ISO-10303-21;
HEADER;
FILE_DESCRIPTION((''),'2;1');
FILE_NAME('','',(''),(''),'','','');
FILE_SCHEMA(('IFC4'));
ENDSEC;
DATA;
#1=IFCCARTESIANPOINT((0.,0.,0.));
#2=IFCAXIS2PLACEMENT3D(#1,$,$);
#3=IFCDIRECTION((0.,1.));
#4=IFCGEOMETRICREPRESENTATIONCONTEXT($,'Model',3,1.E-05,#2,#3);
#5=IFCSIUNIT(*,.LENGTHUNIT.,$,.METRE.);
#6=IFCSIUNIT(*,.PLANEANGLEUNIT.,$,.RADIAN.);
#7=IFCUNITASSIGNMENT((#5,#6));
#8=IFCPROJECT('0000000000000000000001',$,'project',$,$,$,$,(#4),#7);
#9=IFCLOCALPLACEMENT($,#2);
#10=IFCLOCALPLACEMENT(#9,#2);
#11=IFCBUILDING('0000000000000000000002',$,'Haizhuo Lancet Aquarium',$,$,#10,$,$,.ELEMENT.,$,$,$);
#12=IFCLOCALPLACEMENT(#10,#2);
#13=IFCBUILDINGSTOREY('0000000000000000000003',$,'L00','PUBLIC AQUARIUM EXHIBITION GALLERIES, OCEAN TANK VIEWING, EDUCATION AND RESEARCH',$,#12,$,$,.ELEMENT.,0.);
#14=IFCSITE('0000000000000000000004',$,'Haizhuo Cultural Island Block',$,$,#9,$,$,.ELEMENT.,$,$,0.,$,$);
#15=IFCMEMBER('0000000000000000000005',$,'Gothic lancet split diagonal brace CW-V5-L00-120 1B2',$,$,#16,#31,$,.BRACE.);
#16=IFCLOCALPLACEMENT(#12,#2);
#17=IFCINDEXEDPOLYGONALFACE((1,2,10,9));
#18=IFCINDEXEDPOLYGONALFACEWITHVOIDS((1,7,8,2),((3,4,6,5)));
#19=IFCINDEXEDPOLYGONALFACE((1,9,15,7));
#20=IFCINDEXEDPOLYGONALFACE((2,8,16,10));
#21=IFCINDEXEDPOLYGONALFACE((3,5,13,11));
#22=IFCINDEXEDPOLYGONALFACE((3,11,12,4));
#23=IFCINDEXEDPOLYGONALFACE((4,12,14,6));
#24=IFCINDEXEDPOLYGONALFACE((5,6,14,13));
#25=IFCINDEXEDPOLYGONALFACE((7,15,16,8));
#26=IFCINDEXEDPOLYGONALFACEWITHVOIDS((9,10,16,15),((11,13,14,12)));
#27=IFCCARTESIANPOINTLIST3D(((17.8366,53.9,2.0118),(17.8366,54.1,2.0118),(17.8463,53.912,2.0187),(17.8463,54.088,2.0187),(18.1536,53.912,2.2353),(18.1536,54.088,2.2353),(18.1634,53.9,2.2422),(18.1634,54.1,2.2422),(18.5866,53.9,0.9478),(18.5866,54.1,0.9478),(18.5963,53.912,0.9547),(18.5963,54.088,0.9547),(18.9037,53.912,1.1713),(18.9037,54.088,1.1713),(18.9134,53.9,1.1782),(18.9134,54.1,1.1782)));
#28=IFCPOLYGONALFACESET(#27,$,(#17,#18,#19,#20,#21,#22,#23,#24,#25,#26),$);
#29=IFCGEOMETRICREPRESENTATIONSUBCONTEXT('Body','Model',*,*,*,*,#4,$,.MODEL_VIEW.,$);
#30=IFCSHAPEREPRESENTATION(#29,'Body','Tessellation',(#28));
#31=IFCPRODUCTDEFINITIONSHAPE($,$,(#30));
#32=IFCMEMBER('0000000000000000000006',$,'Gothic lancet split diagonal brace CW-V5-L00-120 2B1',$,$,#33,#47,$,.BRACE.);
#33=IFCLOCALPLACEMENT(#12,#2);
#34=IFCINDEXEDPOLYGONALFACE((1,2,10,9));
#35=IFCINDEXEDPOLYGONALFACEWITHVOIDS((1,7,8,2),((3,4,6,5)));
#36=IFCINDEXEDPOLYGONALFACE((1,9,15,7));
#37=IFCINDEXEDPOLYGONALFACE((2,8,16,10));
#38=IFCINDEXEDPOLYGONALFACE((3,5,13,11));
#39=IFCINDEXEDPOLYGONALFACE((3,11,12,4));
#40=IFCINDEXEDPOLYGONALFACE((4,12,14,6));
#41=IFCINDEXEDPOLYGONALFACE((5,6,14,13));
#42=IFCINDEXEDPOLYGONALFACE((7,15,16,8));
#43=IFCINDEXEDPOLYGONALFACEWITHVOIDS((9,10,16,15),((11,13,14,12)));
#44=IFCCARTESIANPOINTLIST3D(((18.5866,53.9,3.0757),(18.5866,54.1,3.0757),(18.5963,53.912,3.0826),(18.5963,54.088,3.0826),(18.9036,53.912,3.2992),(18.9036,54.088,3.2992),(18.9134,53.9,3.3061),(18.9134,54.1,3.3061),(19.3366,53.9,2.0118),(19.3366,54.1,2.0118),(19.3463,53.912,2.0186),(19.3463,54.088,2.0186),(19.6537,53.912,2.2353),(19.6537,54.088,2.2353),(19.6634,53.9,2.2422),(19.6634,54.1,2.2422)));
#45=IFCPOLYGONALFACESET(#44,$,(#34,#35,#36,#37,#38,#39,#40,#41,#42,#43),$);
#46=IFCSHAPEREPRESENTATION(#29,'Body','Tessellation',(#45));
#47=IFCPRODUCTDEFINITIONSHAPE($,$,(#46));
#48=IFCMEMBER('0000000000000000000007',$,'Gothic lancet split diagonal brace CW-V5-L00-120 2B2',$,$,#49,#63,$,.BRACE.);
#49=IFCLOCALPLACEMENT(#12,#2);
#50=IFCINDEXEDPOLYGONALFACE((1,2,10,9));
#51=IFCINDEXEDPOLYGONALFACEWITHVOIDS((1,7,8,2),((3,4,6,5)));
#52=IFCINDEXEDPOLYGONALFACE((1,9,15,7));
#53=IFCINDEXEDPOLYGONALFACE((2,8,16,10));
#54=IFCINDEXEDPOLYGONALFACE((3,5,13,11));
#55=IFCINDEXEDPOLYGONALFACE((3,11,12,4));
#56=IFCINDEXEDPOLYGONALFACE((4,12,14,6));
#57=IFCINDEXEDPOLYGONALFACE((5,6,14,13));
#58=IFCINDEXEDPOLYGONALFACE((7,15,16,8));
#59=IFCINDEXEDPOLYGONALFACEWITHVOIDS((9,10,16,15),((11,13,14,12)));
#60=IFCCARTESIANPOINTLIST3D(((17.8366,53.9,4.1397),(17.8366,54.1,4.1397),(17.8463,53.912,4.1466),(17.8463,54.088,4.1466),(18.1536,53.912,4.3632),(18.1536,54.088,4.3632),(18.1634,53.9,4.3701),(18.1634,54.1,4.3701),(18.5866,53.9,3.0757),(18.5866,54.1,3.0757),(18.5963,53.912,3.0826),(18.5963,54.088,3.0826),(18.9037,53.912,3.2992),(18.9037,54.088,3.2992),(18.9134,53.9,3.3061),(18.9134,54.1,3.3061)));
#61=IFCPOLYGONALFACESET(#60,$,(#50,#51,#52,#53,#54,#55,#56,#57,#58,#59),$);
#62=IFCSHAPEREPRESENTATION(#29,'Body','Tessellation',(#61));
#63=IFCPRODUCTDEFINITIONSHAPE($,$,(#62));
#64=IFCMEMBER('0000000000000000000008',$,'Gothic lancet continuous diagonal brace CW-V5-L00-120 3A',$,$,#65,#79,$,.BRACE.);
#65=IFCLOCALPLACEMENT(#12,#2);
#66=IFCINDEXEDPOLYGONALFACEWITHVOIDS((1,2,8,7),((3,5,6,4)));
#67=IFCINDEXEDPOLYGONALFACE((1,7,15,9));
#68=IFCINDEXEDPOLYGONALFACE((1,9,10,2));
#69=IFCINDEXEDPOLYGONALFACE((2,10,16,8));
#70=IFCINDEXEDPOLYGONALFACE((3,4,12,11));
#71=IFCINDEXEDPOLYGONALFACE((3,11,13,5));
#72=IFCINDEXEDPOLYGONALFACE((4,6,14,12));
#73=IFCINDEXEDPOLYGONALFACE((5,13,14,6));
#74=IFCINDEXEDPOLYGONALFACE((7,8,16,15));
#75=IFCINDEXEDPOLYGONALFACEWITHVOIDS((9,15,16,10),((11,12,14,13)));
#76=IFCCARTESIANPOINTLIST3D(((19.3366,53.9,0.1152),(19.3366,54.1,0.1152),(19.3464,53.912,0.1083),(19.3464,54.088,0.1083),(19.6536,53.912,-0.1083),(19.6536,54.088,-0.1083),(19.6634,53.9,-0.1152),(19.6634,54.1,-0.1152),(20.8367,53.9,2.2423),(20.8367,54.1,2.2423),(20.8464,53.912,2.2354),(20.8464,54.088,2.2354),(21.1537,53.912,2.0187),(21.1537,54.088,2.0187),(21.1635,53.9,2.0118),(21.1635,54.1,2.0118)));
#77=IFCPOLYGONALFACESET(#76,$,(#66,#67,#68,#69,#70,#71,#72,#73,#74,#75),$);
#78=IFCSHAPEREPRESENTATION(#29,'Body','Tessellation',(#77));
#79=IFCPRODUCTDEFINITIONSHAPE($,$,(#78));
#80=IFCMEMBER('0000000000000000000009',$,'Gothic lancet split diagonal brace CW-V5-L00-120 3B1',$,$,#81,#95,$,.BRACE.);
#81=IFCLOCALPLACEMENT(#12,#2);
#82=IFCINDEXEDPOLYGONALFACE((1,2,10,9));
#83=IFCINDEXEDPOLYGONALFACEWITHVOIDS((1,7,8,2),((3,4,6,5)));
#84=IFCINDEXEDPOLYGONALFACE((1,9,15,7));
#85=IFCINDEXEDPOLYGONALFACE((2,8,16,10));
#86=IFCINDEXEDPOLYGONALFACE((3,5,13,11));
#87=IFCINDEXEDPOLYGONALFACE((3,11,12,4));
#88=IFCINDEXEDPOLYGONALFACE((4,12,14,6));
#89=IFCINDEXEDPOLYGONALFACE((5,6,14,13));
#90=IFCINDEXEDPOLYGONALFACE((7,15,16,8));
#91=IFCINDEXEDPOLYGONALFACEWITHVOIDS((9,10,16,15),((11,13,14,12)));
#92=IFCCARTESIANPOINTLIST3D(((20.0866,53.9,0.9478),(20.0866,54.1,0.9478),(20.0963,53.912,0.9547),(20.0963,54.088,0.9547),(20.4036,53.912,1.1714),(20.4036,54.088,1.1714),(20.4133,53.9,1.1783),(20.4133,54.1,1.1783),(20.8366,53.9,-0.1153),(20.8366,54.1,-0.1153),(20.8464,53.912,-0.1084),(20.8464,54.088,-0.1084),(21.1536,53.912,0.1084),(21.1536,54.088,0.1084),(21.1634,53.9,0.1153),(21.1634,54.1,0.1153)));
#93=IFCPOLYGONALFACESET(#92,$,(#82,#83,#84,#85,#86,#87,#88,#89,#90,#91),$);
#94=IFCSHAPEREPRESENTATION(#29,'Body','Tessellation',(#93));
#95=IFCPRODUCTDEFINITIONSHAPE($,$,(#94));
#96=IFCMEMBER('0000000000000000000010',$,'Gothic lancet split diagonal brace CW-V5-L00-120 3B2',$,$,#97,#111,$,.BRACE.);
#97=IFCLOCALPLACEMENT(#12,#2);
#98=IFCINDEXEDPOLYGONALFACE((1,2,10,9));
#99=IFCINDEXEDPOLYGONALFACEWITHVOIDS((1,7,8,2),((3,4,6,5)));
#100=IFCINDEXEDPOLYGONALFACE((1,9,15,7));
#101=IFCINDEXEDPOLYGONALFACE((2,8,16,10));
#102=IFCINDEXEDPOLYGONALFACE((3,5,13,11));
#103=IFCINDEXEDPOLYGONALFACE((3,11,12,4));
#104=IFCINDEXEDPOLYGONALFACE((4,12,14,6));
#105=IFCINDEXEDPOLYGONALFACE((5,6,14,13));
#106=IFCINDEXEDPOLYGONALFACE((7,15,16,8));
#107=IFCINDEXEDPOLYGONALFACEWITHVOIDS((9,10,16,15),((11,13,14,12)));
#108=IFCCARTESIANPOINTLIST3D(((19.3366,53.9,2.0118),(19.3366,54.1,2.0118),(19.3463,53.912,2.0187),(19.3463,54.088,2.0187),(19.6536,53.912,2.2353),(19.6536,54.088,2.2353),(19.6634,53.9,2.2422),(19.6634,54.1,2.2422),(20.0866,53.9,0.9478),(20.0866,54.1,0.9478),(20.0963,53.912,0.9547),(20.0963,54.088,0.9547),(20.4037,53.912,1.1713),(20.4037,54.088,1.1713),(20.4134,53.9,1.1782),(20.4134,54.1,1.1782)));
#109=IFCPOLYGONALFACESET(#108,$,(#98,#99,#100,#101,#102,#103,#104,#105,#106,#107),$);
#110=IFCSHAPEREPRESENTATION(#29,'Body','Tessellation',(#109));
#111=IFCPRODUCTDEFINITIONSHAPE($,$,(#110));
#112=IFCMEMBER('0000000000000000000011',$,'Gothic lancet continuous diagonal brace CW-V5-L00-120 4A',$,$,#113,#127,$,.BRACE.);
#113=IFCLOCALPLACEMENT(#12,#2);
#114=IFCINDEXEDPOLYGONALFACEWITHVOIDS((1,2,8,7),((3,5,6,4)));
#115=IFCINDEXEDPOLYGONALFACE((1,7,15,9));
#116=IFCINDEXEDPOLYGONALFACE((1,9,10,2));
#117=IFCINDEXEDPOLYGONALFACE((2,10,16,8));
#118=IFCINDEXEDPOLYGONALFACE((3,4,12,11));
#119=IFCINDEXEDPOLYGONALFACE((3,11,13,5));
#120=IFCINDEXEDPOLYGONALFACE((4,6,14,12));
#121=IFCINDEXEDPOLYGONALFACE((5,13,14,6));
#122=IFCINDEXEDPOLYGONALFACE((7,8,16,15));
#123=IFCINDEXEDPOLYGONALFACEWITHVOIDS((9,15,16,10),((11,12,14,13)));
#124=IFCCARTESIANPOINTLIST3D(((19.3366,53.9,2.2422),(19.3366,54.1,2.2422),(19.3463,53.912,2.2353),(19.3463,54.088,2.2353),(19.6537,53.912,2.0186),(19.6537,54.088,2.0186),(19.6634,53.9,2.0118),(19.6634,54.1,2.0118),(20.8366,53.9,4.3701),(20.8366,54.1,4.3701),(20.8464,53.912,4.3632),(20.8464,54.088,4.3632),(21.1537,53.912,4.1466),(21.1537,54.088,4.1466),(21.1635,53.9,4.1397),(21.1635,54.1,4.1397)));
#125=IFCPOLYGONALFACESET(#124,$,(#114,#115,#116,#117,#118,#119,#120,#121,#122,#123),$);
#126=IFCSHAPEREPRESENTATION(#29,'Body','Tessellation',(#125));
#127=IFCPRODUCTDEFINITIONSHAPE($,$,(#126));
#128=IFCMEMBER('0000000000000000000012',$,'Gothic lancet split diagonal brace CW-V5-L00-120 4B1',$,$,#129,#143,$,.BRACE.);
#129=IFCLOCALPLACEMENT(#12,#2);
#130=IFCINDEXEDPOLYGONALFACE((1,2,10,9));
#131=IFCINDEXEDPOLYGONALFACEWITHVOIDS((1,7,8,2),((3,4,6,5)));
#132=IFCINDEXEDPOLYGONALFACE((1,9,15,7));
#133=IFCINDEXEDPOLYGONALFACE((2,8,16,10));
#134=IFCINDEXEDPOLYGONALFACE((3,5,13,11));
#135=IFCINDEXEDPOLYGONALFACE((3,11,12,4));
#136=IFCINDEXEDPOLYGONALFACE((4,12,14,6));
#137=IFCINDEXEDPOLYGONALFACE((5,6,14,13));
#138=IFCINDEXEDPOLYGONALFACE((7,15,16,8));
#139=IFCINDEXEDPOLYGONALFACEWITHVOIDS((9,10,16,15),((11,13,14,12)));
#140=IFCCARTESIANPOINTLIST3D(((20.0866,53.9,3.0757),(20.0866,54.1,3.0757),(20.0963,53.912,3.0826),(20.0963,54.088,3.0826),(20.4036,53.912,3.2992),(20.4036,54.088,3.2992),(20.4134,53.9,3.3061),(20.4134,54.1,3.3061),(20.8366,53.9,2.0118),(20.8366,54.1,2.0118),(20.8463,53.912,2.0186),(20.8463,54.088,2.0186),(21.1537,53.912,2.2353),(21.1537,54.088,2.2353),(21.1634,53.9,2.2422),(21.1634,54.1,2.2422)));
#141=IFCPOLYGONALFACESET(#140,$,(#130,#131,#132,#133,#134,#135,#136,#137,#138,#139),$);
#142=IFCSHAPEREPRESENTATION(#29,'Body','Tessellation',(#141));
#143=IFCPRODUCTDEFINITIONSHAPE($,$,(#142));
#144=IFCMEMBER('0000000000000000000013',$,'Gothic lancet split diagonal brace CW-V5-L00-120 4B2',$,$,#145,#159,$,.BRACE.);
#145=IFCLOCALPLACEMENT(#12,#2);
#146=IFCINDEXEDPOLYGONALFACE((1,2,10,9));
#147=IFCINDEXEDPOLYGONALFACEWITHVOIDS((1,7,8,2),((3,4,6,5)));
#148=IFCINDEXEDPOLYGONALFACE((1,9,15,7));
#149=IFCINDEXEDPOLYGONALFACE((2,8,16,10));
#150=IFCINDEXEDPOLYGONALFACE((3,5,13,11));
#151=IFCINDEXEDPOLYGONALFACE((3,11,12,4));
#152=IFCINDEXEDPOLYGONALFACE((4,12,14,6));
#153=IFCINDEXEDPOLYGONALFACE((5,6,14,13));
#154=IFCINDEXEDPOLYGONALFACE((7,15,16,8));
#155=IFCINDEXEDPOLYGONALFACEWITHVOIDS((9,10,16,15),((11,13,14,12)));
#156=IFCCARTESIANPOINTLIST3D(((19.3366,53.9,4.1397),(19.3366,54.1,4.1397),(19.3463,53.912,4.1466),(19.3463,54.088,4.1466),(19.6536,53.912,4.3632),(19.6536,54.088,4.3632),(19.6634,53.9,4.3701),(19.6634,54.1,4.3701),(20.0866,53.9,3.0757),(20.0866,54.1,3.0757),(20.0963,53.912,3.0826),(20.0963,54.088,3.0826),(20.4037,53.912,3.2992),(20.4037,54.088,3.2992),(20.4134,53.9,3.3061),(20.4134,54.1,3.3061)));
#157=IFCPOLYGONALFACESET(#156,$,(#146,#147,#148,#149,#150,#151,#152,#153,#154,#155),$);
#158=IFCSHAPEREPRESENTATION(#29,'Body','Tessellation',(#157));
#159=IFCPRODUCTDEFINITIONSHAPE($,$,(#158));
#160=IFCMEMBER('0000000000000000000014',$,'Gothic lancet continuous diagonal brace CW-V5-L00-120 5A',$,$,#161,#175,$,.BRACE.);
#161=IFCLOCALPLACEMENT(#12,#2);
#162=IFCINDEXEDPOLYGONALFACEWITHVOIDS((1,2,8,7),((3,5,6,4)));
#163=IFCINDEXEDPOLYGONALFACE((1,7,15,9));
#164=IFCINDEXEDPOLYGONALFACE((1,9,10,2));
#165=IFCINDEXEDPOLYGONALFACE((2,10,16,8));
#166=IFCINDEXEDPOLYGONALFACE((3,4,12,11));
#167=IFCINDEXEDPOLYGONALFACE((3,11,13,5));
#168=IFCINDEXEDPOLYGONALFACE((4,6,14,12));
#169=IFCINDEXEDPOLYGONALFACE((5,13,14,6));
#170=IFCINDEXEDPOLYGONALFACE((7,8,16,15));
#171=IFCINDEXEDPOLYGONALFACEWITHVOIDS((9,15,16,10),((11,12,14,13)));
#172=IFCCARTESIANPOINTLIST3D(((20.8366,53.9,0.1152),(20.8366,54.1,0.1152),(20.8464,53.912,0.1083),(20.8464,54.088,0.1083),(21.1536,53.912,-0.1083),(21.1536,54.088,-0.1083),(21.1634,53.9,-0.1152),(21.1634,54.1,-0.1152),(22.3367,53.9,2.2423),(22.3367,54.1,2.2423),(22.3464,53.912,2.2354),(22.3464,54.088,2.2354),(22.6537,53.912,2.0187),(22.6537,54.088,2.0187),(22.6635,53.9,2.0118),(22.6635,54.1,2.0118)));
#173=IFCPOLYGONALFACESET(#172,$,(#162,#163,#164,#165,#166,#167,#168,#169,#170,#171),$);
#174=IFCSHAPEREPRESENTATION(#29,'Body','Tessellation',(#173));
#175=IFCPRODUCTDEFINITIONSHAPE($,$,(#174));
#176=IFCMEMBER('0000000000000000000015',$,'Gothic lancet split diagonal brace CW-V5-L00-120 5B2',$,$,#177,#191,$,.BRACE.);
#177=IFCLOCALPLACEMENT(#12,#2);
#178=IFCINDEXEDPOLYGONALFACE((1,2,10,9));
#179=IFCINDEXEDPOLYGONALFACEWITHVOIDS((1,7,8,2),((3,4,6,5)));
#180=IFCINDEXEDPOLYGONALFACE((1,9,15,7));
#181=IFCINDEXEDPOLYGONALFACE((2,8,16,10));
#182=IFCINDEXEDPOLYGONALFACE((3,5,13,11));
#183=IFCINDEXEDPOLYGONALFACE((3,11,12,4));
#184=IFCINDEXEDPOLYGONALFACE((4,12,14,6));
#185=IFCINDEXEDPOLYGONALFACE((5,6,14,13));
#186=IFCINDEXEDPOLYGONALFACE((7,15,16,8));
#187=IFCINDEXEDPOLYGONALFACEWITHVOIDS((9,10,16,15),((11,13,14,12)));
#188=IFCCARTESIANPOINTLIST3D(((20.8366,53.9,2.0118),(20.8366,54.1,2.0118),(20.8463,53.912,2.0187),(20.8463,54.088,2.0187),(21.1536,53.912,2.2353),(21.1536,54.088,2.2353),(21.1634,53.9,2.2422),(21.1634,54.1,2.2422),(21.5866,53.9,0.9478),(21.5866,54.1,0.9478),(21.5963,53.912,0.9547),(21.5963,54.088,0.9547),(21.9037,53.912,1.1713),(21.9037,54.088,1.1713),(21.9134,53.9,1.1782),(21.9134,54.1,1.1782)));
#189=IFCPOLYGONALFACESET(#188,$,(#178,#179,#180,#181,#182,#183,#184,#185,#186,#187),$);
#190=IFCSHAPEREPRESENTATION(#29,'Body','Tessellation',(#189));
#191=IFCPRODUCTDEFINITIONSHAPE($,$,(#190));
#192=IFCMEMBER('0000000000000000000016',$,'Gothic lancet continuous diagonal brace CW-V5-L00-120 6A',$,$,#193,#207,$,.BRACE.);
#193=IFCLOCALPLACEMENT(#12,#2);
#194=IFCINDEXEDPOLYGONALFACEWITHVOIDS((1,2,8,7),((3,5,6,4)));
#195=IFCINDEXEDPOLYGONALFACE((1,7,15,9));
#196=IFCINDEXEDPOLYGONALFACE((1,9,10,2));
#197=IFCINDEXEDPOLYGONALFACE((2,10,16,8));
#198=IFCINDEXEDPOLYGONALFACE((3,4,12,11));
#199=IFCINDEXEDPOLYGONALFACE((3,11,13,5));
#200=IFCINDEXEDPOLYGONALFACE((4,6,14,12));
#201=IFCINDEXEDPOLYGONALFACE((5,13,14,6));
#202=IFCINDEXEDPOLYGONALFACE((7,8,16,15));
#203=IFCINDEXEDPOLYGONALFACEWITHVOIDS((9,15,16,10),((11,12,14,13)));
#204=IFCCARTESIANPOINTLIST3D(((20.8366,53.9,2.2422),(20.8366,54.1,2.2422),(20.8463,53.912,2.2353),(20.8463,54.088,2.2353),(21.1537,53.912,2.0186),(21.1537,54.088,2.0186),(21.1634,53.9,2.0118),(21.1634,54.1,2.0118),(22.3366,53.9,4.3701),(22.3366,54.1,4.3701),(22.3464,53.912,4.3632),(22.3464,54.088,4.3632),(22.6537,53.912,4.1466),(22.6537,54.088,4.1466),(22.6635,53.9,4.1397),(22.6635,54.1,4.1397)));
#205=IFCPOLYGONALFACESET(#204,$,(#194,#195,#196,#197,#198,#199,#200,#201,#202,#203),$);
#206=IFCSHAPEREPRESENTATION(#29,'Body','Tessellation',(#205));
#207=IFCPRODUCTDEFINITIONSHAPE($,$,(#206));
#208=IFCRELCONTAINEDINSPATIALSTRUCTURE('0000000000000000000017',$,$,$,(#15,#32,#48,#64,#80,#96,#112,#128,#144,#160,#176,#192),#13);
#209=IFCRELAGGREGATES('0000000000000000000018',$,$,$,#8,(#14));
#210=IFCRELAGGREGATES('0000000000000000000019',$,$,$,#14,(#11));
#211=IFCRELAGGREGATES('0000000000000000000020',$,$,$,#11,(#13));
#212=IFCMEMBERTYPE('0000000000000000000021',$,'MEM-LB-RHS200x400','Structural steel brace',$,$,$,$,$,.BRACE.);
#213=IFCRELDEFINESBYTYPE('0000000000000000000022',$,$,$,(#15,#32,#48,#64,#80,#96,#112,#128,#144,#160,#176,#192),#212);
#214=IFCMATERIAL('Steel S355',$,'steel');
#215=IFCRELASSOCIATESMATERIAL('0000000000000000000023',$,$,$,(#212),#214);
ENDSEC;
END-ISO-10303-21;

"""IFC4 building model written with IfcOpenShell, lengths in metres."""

from ifc_helpers import new_model, si_unit, direction, frame, origin, origin_2d, place, context, subcontext, project, spatial, hollow_rectangle, extrude, material, material_profile, profile_set, type_object, element, save


model = new_model("IFC4")

# Units and contexts
model_context = context("Model", 3, precision=1e-05, world=origin(), true_north=direction((0.0, 1.0)))
body_context = subcontext(model_context, "Body", "Model", "MODEL_VIEW")
ifc_project = project(units=[si_unit("LENGTHUNIT", "METRE"), si_unit("PLANEANGLEUNIT", "RADIAN")], contexts=[model_context])

# Site, building, storey
site_placement = place(None, origin())
site = spatial("IfcSite", under=ifc_project, at=site_placement, Name="Haizhuo Cultural Island Block", CompositionType="ELEMENT", RefElevation=0.0)
building_placement = place(site_placement, origin())
building = spatial("IfcBuilding", under=site, at=building_placement, Name="Haizhuo Lancet Aquarium", CompositionType="ELEMENT")
storey_placement = place(building_placement, origin())
storey = spatial("IfcBuildingStorey", under=building, at=storey_placement, Name="L00", Description="PUBLIC AQUARIUM EXHIBITION GALLERIES, OCEAN TANK VIEWING, EDUCATION AND RESEARCH", CompositionType="ELEMENT", Elevation=0.0)

# Members
ifc_material_1 = material(Name="Steel S355", Category="steel")
ifc_material_profile_1 = material_profile(ifc_material_1, hollow_rectangle(XDim=0.2, YDim=0.3999, WallThickness=0.012, at=origin_2d()), Name="RHS 200x400x12")
ifc_profile_set_1 = profile_set([ifc_material_profile_1], Name="Steel S355")
member_type_1 = type_object("IfcMemberType", Name="MEM-LB-RHS200x400", Description="Structural steel brace", PredefinedType="BRACE", material=ifc_profile_set_1)
for number, where, z_axis, x_axis, name in (
    (1, (18.75, 54.0, 1.063), (-0.576153, 0.0, 0.817342), (0.0, -1.0, 0.0), "Gothic lancet split diagonal brace CW-V5-L00-120 1B2"),
    (2, (19.5, 54.0, 2.127), (-0.576153, 0.0, 0.817342), (0.0, -1.0, 0.0), "Gothic lancet split diagonal brace CW-V5-L00-120 2B1"),
    (3, (18.75, 54.0, 3.1909), (-0.576153, 0.0, 0.817342), (0.0, -1.0, 0.0), "Gothic lancet split diagonal brace CW-V5-L00-120 2B2"),
):
    element("IfcMember", number, at=place(storey_placement, frame(where, z_axis=z_axis, x_axis=x_axis)), inside=storey, type_object=member_type_1, Name=name, PredefinedType="BRACE", context=body_context, shape_type="SweptSolid", body=[
        extrude(hollow_rectangle(XDim=0.2, YDim=0.3999, WallThickness=0.012, at=origin_2d()), origin(), (0.0, 0.0, 1.0), 1.3018),
    ])
member_1_placement = place(storey_placement, frame((19.5, 54.0, 0.0), z_axis=(0.57633, 0.0, 0.817217), x_axis=(0.0, 1.0, 0.0)))
element("IfcMember", 4, at=member_1_placement, inside=storey, type_object=member_type_1, Name="Gothic lancet continuous diagonal brace CW-V5-L00-120 3A", PredefinedType="BRACE", context=body_context, shape_type="SweptSolid", body=[
    extrude(hollow_rectangle(XDim=0.2, YDim=0.3999, WallThickness=0.012, at=origin_2d()), origin(), (0.0, 0.0, 1.0), 2.6028),
])
member_2_placement = place(storey_placement, frame((21.0, 54.0, 0.0), z_axis=(-0.576506, 0.0, 0.817093), x_axis=(0.0, -1.0, 0.0)))
element("IfcMember", 5, at=member_2_placement, inside=storey, type_object=member_type_1, Name="Gothic lancet split diagonal brace CW-V5-L00-120 3B1", PredefinedType="BRACE", context=body_context, shape_type="SweptSolid", body=[
    extrude(hollow_rectangle(XDim=0.2, YDim=0.3999, WallThickness=0.012, at=origin_2d()), origin(), (0.0, 0.0, 1.0), 1.301),
])
member_3_placement = place(storey_placement, frame((20.25, 54.0, 1.063), z_axis=(-0.576153, 0.0, 0.817342), x_axis=(0.0, -1.0, 0.0)))
element("IfcMember", 6, at=member_3_placement, inside=storey, type_object=member_type_1, Name="Gothic lancet split diagonal brace CW-V5-L00-120 3B2", PredefinedType="BRACE", context=body_context, shape_type="SweptSolid", body=[
    extrude(hollow_rectangle(XDim=0.2, YDim=0.3999, WallThickness=0.012, at=origin_2d()), origin(), (0.0, 0.0, 1.0), 1.3018),
])
member_4_placement = place(storey_placement, frame((19.5, 54.0, 2.127), z_axis=(0.576153, 0.0, 0.817342), x_axis=(0.0, 1.0, 0.0)))
element("IfcMember", 7, at=member_4_placement, inside=storey, type_object=member_type_1, Name="Gothic lancet continuous diagonal brace CW-V5-L00-120 4A", PredefinedType="BRACE", context=body_context, shape_type="SweptSolid", body=[
    extrude(hollow_rectangle(XDim=0.2, YDim=0.3999, WallThickness=0.012, at=origin_2d()), origin(), (0.0, 0.0, 1.0), 2.6035),
])
for number, where, z_axis, x_axis, name in (
    (8, (21.0, 54.0, 2.127), (-0.576153, 0.0, 0.817342), (0.0, -1.0, 0.0), "Gothic lancet split diagonal brace CW-V5-L00-120 4B1"),
    (9, (20.25, 54.0, 3.1909), (-0.576153, 0.0, 0.817342), (0.0, -1.0, 0.0), "Gothic lancet split diagonal brace CW-V5-L00-120 4B2"),
):
    element("IfcMember", number, at=place(storey_placement, frame(where, z_axis=z_axis, x_axis=x_axis)), inside=storey, type_object=member_type_1, Name=name, PredefinedType="BRACE", context=body_context, shape_type="SweptSolid", body=[
        extrude(hollow_rectangle(XDim=0.2, YDim=0.3999, WallThickness=0.012, at=origin_2d()), origin(), (0.0, 0.0, 1.0), 1.3018),
    ])
member_5_placement = place(storey_placement, frame((21.0, 54.0, 0.0), z_axis=(0.57633, 0.0, 0.817217), x_axis=(0.0, 1.0, 0.0)))
element("IfcMember", 10, at=member_5_placement, inside=storey, type_object=member_type_1, Name="Gothic lancet continuous diagonal brace CW-V5-L00-120 5A", PredefinedType="BRACE", context=body_context, shape_type="SweptSolid", body=[
    extrude(hollow_rectangle(XDim=0.2, YDim=0.3999, WallThickness=0.012, at=origin_2d()), origin(), (0.0, 0.0, 1.0), 2.6028),
])
member_6_placement = place(storey_placement, frame((21.75, 54.0, 1.063), z_axis=(-0.576153, 0.0, 0.817342), x_axis=(0.0, -1.0, 0.0)))
element("IfcMember", 11, at=member_6_placement, inside=storey, type_object=member_type_1, Name="Gothic lancet split diagonal brace CW-V5-L00-120 5B2", PredefinedType="BRACE", context=body_context, shape_type="SweptSolid", body=[
    extrude(hollow_rectangle(XDim=0.2, YDim=0.3999, WallThickness=0.012, at=origin_2d()), origin(), (0.0, 0.0, 1.0), 1.3018),
])
member_7_placement = place(storey_placement, frame((21.0, 54.0, 2.127), z_axis=(0.576153, 0.0, 0.817342), x_axis=(0.0, 1.0, 0.0)))
element("IfcMember", 12, at=member_7_placement, inside=storey, type_object=member_type_1, Name="Gothic lancet continuous diagonal brace CW-V5-L00-120 6A", PredefinedType="BRACE", context=body_context, shape_type="SweptSolid", body=[
    extrude(hollow_rectangle(XDim=0.2, YDim=0.3999, WallThickness=0.012, at=origin_2d()), origin(), (0.0, 0.0, 1.0), 2.6035),
])

save(model, "model.ifc")
